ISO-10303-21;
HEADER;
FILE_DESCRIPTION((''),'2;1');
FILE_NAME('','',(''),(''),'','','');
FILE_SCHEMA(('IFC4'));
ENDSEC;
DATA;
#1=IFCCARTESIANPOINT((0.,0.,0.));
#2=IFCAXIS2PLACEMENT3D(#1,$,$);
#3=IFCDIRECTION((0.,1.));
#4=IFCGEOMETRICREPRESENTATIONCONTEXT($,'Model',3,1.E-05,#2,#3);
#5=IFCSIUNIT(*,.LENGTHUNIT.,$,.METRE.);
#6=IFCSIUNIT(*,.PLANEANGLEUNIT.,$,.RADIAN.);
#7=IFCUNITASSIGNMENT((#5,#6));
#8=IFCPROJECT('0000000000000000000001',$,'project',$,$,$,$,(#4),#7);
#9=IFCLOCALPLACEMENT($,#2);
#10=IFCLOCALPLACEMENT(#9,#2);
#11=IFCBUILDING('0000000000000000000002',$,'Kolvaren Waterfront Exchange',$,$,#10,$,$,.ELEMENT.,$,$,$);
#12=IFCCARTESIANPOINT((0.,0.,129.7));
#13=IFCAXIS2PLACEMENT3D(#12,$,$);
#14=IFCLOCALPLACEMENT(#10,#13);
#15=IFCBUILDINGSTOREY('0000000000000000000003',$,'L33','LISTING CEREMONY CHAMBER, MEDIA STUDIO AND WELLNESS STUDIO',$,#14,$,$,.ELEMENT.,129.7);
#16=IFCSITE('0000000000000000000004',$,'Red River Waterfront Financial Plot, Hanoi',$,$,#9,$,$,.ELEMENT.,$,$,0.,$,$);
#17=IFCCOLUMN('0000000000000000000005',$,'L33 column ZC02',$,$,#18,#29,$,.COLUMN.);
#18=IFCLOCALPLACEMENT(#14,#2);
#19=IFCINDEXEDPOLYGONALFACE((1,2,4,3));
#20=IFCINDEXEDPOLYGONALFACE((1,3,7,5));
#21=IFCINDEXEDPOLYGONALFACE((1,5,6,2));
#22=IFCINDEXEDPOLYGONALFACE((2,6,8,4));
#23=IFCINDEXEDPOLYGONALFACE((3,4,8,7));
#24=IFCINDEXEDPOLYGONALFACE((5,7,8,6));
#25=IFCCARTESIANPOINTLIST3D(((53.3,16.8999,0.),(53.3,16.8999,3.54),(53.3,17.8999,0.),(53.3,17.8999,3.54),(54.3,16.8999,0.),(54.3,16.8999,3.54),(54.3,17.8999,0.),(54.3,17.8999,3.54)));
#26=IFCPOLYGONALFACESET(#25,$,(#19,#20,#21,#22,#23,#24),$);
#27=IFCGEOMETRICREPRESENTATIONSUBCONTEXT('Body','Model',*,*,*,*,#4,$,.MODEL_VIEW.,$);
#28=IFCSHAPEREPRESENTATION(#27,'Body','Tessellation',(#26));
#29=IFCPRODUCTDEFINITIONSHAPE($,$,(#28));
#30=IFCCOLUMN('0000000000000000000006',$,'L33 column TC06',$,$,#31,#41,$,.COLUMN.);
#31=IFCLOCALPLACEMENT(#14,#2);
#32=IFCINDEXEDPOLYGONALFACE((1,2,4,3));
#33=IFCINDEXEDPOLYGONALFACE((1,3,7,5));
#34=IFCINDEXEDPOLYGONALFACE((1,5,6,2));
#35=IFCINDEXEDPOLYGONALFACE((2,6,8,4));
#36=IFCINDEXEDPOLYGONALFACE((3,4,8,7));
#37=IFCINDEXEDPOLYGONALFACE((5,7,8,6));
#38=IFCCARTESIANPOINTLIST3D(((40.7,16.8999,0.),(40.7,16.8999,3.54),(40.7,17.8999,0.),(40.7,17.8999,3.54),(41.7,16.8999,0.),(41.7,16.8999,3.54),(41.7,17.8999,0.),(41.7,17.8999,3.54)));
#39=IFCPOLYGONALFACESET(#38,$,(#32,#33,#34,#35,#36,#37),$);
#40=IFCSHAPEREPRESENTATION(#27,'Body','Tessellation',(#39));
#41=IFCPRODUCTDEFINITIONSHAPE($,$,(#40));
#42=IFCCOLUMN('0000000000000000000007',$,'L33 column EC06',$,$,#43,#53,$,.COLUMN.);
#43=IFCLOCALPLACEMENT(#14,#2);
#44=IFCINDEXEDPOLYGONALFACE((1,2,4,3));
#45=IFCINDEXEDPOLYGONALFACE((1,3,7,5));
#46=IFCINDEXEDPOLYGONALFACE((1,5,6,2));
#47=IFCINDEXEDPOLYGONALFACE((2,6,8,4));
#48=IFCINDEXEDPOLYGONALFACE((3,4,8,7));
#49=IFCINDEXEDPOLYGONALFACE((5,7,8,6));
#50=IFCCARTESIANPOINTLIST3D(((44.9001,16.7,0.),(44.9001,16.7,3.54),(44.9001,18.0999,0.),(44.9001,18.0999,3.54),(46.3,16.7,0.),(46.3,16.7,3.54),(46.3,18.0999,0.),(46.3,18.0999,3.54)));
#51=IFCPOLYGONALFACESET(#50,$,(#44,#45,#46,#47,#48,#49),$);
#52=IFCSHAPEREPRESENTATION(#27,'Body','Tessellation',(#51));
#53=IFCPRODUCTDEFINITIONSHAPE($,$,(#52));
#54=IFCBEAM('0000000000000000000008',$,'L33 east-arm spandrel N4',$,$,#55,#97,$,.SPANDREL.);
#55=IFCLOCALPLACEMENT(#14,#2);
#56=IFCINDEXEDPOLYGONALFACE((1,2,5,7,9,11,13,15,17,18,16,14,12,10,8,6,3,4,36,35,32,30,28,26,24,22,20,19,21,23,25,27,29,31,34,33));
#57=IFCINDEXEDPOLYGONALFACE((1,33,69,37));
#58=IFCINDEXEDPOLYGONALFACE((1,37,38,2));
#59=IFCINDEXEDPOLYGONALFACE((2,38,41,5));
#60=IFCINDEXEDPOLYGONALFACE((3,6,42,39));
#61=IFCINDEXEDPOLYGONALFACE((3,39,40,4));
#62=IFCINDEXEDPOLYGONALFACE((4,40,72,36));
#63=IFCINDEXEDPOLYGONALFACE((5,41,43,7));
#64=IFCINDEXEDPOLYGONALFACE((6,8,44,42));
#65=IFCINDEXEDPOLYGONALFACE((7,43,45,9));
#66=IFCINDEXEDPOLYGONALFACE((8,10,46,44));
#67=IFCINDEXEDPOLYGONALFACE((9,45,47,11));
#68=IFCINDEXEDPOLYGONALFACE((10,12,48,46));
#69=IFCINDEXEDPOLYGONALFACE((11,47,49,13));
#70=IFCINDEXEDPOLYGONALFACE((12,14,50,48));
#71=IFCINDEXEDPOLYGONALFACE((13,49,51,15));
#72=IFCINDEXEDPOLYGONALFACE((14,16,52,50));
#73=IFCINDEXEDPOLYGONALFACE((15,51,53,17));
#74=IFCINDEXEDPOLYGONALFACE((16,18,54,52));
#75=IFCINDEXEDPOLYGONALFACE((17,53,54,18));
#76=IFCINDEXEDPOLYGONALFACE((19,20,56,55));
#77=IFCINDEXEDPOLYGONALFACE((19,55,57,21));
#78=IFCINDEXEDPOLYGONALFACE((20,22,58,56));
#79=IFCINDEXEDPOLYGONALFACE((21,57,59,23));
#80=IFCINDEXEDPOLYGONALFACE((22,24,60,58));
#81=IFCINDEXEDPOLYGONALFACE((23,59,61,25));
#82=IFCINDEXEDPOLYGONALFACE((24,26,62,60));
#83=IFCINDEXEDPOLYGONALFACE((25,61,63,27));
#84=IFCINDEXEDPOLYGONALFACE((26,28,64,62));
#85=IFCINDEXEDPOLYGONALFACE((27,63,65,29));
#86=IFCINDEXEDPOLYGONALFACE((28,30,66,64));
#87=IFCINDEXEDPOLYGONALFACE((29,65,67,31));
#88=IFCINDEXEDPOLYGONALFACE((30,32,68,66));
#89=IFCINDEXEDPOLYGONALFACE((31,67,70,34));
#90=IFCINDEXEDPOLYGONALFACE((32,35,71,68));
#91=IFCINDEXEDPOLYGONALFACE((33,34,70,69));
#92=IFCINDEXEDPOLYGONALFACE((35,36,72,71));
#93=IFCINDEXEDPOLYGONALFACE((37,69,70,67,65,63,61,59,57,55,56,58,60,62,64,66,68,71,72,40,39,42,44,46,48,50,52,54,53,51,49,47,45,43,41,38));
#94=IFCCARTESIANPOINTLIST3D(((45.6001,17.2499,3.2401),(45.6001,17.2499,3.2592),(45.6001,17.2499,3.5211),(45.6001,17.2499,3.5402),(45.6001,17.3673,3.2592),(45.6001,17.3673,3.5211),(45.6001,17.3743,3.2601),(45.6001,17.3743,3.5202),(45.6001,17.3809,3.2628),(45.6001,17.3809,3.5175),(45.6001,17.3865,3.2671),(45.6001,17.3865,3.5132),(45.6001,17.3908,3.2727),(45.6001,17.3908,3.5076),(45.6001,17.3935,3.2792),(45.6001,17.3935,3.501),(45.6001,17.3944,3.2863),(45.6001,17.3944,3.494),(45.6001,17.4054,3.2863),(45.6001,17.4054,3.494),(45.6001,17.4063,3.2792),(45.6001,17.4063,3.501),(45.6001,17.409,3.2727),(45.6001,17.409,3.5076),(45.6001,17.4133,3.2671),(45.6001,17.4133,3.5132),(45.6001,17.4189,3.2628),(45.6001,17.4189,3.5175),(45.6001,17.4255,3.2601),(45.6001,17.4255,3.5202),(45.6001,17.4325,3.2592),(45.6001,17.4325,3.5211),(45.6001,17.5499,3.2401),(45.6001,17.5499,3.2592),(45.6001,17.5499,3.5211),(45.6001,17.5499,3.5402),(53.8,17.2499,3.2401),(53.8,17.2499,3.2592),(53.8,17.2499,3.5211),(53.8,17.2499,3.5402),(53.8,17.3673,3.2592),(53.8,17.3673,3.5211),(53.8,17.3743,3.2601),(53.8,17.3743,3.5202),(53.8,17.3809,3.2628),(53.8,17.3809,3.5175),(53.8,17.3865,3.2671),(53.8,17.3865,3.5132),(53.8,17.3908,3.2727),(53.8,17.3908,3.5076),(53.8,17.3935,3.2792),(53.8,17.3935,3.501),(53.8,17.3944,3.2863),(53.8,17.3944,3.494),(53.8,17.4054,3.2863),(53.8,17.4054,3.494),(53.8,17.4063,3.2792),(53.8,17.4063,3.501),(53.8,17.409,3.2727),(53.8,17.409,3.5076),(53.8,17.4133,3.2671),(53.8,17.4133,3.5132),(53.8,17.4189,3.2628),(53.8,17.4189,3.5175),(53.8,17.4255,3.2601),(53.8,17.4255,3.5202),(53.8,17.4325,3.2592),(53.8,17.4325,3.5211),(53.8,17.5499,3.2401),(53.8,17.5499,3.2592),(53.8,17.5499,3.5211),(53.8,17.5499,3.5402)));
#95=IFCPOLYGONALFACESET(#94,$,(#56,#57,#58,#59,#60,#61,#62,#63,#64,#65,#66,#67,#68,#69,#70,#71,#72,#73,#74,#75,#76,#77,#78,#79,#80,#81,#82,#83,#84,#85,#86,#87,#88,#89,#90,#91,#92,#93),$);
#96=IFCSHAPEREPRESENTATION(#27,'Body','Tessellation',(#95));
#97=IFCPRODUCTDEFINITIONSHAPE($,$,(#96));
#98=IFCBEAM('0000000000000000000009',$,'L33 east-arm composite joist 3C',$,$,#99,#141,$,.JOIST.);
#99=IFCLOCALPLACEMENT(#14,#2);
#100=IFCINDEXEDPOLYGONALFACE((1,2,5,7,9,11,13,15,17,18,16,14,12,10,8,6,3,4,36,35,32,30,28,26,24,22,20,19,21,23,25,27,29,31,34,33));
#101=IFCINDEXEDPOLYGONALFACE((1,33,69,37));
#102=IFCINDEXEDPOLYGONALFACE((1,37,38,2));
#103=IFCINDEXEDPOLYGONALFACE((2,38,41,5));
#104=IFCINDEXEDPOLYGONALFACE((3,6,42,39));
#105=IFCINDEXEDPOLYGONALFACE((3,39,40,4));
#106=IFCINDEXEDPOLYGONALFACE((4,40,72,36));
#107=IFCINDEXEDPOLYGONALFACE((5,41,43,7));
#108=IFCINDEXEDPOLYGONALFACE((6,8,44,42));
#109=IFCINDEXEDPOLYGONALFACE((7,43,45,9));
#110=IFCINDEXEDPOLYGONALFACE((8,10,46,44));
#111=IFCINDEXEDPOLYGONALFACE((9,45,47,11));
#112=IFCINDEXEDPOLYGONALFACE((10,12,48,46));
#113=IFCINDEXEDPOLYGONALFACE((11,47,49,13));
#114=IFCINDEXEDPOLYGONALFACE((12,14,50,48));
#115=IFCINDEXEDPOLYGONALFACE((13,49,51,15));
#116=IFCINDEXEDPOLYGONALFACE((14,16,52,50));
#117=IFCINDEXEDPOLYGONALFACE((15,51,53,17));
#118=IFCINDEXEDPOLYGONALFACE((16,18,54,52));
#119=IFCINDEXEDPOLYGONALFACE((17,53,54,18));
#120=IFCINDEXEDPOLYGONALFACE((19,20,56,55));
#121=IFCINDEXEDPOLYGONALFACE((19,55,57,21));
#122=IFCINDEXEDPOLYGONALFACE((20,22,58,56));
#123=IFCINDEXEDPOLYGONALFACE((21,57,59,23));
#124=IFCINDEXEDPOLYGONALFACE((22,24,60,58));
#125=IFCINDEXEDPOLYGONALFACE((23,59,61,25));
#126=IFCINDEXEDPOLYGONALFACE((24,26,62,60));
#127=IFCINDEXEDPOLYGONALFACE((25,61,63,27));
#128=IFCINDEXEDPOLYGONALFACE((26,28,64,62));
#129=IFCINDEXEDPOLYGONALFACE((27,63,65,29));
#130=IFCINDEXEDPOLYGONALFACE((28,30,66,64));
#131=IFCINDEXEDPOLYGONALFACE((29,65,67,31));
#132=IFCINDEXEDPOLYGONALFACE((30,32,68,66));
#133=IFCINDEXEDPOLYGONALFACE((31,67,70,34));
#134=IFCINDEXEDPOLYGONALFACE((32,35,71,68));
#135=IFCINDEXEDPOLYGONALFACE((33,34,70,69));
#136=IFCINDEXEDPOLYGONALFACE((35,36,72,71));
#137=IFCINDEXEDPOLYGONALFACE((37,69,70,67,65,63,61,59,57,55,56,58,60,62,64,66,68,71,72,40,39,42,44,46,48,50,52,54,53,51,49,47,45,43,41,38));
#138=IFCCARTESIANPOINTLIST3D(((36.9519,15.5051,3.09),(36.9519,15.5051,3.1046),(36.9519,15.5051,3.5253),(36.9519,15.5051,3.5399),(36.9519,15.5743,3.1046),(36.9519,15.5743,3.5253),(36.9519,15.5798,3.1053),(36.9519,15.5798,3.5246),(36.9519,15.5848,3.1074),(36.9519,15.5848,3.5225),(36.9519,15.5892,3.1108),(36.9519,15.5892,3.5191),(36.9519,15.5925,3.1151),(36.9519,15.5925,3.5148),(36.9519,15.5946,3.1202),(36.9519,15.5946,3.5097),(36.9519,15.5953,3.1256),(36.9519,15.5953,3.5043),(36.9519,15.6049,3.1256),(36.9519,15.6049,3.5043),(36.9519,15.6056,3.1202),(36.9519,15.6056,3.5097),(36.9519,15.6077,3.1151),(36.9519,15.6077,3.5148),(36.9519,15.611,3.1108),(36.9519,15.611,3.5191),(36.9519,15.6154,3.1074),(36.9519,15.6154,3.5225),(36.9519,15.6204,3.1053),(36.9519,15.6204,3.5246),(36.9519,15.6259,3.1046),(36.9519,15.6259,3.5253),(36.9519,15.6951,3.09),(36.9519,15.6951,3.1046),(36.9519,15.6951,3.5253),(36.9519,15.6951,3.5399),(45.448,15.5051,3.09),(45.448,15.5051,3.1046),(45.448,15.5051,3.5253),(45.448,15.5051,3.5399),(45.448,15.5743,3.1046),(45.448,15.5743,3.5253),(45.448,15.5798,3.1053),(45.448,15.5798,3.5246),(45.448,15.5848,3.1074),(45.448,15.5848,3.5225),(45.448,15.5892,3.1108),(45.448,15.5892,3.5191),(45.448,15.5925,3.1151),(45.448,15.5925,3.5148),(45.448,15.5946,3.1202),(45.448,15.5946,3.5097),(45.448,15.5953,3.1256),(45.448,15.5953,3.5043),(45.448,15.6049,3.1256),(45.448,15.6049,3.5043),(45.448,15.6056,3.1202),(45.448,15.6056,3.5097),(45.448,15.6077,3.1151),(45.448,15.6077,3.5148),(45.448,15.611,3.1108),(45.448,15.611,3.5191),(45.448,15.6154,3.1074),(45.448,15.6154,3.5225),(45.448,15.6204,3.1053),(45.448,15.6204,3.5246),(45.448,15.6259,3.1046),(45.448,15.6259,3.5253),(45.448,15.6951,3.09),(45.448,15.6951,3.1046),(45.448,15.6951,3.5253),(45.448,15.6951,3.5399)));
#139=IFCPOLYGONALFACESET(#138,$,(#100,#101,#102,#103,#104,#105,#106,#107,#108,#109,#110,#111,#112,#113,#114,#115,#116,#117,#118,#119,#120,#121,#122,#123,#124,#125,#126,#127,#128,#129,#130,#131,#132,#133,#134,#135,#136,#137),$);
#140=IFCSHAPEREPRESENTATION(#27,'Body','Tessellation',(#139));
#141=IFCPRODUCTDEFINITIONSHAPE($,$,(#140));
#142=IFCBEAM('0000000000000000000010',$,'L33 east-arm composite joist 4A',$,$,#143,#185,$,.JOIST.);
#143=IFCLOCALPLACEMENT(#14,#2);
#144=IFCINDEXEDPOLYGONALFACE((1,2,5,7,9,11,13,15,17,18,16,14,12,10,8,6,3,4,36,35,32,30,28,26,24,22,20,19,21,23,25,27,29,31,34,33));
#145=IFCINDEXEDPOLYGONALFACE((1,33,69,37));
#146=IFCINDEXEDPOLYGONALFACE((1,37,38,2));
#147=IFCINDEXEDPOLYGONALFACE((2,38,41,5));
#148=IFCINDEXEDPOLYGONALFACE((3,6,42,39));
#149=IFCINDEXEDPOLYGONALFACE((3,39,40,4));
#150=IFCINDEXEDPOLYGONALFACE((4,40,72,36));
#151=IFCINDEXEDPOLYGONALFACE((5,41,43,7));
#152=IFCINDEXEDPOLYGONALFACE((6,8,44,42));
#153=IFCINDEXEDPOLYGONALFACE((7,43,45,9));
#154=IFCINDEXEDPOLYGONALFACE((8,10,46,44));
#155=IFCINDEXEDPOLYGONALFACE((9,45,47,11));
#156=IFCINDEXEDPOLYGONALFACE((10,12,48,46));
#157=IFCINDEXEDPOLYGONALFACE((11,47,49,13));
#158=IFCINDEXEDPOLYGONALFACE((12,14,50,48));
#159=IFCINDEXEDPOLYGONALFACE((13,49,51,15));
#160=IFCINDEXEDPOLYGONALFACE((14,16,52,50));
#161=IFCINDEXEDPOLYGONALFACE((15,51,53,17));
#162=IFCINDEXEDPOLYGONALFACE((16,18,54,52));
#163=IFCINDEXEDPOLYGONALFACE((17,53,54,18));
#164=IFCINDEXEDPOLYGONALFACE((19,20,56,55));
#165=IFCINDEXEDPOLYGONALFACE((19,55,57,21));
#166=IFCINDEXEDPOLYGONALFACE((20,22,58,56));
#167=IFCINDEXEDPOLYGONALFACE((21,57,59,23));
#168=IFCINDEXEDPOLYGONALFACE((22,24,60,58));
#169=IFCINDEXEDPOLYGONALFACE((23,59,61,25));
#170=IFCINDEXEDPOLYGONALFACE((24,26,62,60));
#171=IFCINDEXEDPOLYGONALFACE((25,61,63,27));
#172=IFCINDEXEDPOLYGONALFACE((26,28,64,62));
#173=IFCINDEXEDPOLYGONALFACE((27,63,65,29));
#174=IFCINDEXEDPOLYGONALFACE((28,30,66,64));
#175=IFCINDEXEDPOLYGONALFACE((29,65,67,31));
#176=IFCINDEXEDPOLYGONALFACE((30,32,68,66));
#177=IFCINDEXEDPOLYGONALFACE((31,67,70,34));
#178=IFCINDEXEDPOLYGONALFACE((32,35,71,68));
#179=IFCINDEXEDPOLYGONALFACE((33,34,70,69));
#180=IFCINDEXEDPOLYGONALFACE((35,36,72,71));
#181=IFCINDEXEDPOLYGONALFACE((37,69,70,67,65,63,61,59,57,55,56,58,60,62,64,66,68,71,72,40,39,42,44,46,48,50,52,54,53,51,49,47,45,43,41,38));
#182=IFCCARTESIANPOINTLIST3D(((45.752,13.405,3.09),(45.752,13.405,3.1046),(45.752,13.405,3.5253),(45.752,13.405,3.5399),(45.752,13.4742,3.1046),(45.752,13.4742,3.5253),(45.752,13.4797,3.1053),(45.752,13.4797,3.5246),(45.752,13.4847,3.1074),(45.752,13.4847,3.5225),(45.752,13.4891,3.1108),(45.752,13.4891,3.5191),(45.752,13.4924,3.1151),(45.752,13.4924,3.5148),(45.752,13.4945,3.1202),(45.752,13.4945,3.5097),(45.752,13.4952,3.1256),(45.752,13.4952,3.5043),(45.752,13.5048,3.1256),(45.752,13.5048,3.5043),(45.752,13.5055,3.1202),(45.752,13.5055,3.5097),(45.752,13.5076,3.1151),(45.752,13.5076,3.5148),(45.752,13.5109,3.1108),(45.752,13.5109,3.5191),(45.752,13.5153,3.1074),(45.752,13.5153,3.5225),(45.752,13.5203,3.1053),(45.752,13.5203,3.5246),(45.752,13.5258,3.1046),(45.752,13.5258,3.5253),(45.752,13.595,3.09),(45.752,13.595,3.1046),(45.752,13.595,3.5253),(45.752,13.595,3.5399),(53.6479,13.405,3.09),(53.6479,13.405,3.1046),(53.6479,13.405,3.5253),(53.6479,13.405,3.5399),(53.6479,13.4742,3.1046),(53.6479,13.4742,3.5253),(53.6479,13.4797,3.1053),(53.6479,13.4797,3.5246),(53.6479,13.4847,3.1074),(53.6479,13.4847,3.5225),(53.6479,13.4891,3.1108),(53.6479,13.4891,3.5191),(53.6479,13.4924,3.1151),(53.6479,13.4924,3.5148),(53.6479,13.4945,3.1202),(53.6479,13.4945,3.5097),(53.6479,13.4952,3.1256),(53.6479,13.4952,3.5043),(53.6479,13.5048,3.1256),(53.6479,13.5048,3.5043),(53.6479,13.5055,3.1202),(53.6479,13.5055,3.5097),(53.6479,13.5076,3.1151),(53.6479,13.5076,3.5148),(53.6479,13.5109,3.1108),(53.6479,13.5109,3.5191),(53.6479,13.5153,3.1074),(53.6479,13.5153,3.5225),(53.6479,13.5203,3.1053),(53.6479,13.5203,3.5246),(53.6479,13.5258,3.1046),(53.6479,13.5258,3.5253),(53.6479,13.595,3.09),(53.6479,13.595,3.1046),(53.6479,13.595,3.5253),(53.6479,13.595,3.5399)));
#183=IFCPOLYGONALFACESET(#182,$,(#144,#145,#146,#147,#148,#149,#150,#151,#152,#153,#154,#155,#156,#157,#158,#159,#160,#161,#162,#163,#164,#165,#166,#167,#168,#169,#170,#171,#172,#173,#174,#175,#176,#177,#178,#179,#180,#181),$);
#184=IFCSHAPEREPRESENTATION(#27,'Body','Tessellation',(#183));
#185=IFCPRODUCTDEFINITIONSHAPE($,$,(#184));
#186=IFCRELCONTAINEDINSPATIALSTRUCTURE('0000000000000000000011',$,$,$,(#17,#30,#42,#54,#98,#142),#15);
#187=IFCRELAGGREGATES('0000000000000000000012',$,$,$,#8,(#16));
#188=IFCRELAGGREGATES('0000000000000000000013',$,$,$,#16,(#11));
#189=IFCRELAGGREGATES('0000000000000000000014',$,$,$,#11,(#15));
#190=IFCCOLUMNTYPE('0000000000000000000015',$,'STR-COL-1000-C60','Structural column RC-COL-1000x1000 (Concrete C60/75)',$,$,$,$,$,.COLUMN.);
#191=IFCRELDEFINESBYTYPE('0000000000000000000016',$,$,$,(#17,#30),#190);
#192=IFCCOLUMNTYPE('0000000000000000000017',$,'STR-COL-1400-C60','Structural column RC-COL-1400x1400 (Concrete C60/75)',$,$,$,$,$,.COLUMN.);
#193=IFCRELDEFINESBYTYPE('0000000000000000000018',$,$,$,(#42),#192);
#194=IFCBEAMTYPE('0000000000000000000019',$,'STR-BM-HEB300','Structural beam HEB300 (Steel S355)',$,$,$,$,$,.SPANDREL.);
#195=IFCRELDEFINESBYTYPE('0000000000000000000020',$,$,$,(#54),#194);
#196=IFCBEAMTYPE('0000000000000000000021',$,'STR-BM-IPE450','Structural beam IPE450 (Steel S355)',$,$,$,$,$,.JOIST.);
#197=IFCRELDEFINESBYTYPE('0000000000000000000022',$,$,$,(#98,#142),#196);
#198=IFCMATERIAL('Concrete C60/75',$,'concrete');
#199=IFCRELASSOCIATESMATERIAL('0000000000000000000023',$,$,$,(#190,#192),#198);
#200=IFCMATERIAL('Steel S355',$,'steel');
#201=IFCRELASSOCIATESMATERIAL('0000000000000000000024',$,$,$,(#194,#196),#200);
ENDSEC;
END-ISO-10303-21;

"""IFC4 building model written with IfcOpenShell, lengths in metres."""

from ifc_helpers import new_model, si_unit, direction, frame, origin, origin_2d, place, context, subcontext, project, spatial, rectangle, i_section, extrude, material, material_profile, profile_set, type_object, element, save


model = new_model("IFC4")

# Units and contexts
model_context = context("Model", 3, precision=1e-05, world=origin(), true_north=direction((0.0, 1.0)))
body_context = subcontext(model_context, "Body", "Model", "MODEL_VIEW")
ifc_project = project(units=[si_unit("LENGTHUNIT", "METRE"), si_unit("PLANEANGLEUNIT", "RADIAN")], contexts=[model_context])

# Site, building, storey
site_placement = place(None, origin())
site = spatial("IfcSite", under=ifc_project, at=site_placement, Name="Red River Waterfront Financial Plot, Hanoi", CompositionType="ELEMENT", RefElevation=0.0)
building_placement = place(site_placement, origin())
building = spatial("IfcBuilding", under=site, at=building_placement, Name="Kolvaren Waterfront Exchange", CompositionType="ELEMENT")
storey_placement = place(building_placement, frame((0.0, 0.0, 129.7)))
storey = spatial("IfcBuildingStorey", under=building, at=storey_placement, Name="L33", Description="LISTING CEREMONY CHAMBER, MEDIA STUDIO AND WELLNESS STUDIO", CompositionType="ELEMENT", Elevation=129.7)

# Columns
ifc_material_1 = material(Name="Concrete C60/75", Category="concrete")
ifc_material_profile_1 = material_profile(ifc_material_1, rectangle(XDim=1.0, YDim=1.0, at=origin_2d()), Name="RC-COL-1000x1000")
ifc_profile_set_1 = profile_set([ifc_material_profile_1], Name="Concrete C60/75")
column_type_1 = type_object("IfcColumnType", Name="STR-COL-1000-C60", Description="Structural column RC-COL-1000x1000 (Concrete C60/75)", PredefinedType="COLUMN", material=ifc_profile_set_1)
for number, where, z_axis, x_axis, name in (
    (1, (53.8, 17.3999, 0.0), (0.0, 0.0, 1.0), (1.0, 0.0, 0.0), "L33 column ZC02"),
    (2, (41.2, 17.3999, 0.0), (0.0, 0.0, 1.0), (1.0, 0.0, 0.0), "L33 column TC06"),
):
    element("IfcColumn", number, at=place(storey_placement, frame(where, z_axis=z_axis, x_axis=x_axis)), inside=storey, type_object=column_type_1, Name=name, PredefinedType="COLUMN", context=body_context, shape_type="SweptSolid", body=[
        extrude(rectangle(XDim=1.0, YDim=1.0, at=origin_2d()), origin(), (0.0, 0.0, 1.0), 3.54),
    ])
ifc_material_profile_2 = material_profile(ifc_material_1, rectangle(XDim=1.3999, YDim=1.3999, at=origin_2d()), Name="RC-COL-1400x1400")
ifc_profile_set_2 = profile_set([ifc_material_profile_2], Name="Concrete C60/75")
column_type_2 = type_object("IfcColumnType", Name="STR-COL-1400-C60", Description="Structural column RC-COL-1400x1400 (Concrete C60/75)", PredefinedType="COLUMN", material=ifc_profile_set_2)
column_placement = place(storey_placement, frame((45.6001, 17.3999, 0.0), z_axis=(0.0, 0.0, 1.0), x_axis=(1.0, 0.0, 0.0)))
element("IfcColumn", 3, at=column_placement, inside=storey, type_object=column_type_2, Name="L33 column EC06", PredefinedType="COLUMN", context=body_context, shape_type="SweptSolid", body=[
    extrude(rectangle(XDim=1.3999, YDim=1.3999, at=origin_2d()), origin(), (0.0, 0.0, 1.0), 3.54),
])

# Beams
ifc_material_2 = material(Name="Steel S355", Category="steel")
ifc_material_profile_3 = material_profile(ifc_material_2, i_section(OverallWidth=0.3, OverallDepth=0.3, WebThickness=0.011, FlangeThickness=0.019, FilletRadius=0.0271, at=origin_2d()), Name="HEB300")
ifc_profile_set_3 = profile_set([ifc_material_profile_3], Name="Steel S355")
beam_type_1 = type_object("IfcBeamType", Name="STR-BM-HEB300", Description="Structural beam HEB300 (Steel S355)", PredefinedType="SPANDREL", material=ifc_profile_set_3)
beam_1_placement = place(storey_placement, frame((45.6001, 17.3999, 3.3901), z_axis=(1.0, 0.0, 0.0), x_axis=(0.0, 1.0, 0.0)))
element("IfcBeam", 4, at=beam_1_placement, inside=storey, type_object=beam_type_1, Name="L33 east-arm spandrel N4", PredefinedType="SPANDREL", context=body_context, shape_type="SweptSolid", body=[
    extrude(i_section(OverallWidth=0.3, OverallDepth=0.3, WebThickness=0.011, FlangeThickness=0.019, FilletRadius=0.0271, at=origin_2d()), origin(), (0.0, 0.0, 1.0), 8.2),
])
ifc_material_profile_4 = material_profile(ifc_material_2, i_section(OverallWidth=0.1899, OverallDepth=0.45, WebThickness=0.0095, FlangeThickness=0.0146, FilletRadius=0.021, at=origin_2d()), Name="IPE450")
ifc_profile_set_4 = profile_set([ifc_material_profile_4], Name="Steel S355")
beam_type_2 = type_object("IfcBeamType", Name="STR-BM-IPE450", Description="Structural beam IPE450 (Steel S355)", PredefinedType="JOIST", material=ifc_profile_set_4)
beam_2_placement = place(storey_placement, frame((36.9519, 15.6001, 3.3149), z_axis=(1.0, 0.0, 0.0), x_axis=(0.0, 1.0, 0.0)))
element("IfcBeam", 5, at=beam_2_placement, inside=storey, type_object=beam_type_2, Name="L33 east-arm composite joist 3C", PredefinedType="JOIST", context=body_context, shape_type="SweptSolid", body=[
    extrude(i_section(OverallWidth=0.1899, OverallDepth=0.45, WebThickness=0.0095, FlangeThickness=0.0146, FilletRadius=0.021, at=origin_2d()), origin(), (0.0, 0.0, 1.0), 8.4961),
])
for number, where, z_axis, x_axis, name in (
    (6, (45.752, 13.5, 3.3149), (1.0, 0.0, 0.0), (0.0, 1.0, 0.0), "L33 east-arm composite joist 4A"),
):
    element("IfcBeam", number, at=place(storey_placement, frame(where, z_axis=z_axis, x_axis=x_axis)), inside=storey, type_object=beam_type_2, Name=name, PredefinedType="JOIST", context=body_context, shape_type="SweptSolid", body=[
        extrude(i_section(OverallWidth=0.1899, OverallDepth=0.45, WebThickness=0.0095, FlangeThickness=0.0146, FilletRadius=0.021, at=origin_2d()), origin(), (0.0, 0.0, 1.0), 7.896),
    ])

save(model, "model.ifc")
